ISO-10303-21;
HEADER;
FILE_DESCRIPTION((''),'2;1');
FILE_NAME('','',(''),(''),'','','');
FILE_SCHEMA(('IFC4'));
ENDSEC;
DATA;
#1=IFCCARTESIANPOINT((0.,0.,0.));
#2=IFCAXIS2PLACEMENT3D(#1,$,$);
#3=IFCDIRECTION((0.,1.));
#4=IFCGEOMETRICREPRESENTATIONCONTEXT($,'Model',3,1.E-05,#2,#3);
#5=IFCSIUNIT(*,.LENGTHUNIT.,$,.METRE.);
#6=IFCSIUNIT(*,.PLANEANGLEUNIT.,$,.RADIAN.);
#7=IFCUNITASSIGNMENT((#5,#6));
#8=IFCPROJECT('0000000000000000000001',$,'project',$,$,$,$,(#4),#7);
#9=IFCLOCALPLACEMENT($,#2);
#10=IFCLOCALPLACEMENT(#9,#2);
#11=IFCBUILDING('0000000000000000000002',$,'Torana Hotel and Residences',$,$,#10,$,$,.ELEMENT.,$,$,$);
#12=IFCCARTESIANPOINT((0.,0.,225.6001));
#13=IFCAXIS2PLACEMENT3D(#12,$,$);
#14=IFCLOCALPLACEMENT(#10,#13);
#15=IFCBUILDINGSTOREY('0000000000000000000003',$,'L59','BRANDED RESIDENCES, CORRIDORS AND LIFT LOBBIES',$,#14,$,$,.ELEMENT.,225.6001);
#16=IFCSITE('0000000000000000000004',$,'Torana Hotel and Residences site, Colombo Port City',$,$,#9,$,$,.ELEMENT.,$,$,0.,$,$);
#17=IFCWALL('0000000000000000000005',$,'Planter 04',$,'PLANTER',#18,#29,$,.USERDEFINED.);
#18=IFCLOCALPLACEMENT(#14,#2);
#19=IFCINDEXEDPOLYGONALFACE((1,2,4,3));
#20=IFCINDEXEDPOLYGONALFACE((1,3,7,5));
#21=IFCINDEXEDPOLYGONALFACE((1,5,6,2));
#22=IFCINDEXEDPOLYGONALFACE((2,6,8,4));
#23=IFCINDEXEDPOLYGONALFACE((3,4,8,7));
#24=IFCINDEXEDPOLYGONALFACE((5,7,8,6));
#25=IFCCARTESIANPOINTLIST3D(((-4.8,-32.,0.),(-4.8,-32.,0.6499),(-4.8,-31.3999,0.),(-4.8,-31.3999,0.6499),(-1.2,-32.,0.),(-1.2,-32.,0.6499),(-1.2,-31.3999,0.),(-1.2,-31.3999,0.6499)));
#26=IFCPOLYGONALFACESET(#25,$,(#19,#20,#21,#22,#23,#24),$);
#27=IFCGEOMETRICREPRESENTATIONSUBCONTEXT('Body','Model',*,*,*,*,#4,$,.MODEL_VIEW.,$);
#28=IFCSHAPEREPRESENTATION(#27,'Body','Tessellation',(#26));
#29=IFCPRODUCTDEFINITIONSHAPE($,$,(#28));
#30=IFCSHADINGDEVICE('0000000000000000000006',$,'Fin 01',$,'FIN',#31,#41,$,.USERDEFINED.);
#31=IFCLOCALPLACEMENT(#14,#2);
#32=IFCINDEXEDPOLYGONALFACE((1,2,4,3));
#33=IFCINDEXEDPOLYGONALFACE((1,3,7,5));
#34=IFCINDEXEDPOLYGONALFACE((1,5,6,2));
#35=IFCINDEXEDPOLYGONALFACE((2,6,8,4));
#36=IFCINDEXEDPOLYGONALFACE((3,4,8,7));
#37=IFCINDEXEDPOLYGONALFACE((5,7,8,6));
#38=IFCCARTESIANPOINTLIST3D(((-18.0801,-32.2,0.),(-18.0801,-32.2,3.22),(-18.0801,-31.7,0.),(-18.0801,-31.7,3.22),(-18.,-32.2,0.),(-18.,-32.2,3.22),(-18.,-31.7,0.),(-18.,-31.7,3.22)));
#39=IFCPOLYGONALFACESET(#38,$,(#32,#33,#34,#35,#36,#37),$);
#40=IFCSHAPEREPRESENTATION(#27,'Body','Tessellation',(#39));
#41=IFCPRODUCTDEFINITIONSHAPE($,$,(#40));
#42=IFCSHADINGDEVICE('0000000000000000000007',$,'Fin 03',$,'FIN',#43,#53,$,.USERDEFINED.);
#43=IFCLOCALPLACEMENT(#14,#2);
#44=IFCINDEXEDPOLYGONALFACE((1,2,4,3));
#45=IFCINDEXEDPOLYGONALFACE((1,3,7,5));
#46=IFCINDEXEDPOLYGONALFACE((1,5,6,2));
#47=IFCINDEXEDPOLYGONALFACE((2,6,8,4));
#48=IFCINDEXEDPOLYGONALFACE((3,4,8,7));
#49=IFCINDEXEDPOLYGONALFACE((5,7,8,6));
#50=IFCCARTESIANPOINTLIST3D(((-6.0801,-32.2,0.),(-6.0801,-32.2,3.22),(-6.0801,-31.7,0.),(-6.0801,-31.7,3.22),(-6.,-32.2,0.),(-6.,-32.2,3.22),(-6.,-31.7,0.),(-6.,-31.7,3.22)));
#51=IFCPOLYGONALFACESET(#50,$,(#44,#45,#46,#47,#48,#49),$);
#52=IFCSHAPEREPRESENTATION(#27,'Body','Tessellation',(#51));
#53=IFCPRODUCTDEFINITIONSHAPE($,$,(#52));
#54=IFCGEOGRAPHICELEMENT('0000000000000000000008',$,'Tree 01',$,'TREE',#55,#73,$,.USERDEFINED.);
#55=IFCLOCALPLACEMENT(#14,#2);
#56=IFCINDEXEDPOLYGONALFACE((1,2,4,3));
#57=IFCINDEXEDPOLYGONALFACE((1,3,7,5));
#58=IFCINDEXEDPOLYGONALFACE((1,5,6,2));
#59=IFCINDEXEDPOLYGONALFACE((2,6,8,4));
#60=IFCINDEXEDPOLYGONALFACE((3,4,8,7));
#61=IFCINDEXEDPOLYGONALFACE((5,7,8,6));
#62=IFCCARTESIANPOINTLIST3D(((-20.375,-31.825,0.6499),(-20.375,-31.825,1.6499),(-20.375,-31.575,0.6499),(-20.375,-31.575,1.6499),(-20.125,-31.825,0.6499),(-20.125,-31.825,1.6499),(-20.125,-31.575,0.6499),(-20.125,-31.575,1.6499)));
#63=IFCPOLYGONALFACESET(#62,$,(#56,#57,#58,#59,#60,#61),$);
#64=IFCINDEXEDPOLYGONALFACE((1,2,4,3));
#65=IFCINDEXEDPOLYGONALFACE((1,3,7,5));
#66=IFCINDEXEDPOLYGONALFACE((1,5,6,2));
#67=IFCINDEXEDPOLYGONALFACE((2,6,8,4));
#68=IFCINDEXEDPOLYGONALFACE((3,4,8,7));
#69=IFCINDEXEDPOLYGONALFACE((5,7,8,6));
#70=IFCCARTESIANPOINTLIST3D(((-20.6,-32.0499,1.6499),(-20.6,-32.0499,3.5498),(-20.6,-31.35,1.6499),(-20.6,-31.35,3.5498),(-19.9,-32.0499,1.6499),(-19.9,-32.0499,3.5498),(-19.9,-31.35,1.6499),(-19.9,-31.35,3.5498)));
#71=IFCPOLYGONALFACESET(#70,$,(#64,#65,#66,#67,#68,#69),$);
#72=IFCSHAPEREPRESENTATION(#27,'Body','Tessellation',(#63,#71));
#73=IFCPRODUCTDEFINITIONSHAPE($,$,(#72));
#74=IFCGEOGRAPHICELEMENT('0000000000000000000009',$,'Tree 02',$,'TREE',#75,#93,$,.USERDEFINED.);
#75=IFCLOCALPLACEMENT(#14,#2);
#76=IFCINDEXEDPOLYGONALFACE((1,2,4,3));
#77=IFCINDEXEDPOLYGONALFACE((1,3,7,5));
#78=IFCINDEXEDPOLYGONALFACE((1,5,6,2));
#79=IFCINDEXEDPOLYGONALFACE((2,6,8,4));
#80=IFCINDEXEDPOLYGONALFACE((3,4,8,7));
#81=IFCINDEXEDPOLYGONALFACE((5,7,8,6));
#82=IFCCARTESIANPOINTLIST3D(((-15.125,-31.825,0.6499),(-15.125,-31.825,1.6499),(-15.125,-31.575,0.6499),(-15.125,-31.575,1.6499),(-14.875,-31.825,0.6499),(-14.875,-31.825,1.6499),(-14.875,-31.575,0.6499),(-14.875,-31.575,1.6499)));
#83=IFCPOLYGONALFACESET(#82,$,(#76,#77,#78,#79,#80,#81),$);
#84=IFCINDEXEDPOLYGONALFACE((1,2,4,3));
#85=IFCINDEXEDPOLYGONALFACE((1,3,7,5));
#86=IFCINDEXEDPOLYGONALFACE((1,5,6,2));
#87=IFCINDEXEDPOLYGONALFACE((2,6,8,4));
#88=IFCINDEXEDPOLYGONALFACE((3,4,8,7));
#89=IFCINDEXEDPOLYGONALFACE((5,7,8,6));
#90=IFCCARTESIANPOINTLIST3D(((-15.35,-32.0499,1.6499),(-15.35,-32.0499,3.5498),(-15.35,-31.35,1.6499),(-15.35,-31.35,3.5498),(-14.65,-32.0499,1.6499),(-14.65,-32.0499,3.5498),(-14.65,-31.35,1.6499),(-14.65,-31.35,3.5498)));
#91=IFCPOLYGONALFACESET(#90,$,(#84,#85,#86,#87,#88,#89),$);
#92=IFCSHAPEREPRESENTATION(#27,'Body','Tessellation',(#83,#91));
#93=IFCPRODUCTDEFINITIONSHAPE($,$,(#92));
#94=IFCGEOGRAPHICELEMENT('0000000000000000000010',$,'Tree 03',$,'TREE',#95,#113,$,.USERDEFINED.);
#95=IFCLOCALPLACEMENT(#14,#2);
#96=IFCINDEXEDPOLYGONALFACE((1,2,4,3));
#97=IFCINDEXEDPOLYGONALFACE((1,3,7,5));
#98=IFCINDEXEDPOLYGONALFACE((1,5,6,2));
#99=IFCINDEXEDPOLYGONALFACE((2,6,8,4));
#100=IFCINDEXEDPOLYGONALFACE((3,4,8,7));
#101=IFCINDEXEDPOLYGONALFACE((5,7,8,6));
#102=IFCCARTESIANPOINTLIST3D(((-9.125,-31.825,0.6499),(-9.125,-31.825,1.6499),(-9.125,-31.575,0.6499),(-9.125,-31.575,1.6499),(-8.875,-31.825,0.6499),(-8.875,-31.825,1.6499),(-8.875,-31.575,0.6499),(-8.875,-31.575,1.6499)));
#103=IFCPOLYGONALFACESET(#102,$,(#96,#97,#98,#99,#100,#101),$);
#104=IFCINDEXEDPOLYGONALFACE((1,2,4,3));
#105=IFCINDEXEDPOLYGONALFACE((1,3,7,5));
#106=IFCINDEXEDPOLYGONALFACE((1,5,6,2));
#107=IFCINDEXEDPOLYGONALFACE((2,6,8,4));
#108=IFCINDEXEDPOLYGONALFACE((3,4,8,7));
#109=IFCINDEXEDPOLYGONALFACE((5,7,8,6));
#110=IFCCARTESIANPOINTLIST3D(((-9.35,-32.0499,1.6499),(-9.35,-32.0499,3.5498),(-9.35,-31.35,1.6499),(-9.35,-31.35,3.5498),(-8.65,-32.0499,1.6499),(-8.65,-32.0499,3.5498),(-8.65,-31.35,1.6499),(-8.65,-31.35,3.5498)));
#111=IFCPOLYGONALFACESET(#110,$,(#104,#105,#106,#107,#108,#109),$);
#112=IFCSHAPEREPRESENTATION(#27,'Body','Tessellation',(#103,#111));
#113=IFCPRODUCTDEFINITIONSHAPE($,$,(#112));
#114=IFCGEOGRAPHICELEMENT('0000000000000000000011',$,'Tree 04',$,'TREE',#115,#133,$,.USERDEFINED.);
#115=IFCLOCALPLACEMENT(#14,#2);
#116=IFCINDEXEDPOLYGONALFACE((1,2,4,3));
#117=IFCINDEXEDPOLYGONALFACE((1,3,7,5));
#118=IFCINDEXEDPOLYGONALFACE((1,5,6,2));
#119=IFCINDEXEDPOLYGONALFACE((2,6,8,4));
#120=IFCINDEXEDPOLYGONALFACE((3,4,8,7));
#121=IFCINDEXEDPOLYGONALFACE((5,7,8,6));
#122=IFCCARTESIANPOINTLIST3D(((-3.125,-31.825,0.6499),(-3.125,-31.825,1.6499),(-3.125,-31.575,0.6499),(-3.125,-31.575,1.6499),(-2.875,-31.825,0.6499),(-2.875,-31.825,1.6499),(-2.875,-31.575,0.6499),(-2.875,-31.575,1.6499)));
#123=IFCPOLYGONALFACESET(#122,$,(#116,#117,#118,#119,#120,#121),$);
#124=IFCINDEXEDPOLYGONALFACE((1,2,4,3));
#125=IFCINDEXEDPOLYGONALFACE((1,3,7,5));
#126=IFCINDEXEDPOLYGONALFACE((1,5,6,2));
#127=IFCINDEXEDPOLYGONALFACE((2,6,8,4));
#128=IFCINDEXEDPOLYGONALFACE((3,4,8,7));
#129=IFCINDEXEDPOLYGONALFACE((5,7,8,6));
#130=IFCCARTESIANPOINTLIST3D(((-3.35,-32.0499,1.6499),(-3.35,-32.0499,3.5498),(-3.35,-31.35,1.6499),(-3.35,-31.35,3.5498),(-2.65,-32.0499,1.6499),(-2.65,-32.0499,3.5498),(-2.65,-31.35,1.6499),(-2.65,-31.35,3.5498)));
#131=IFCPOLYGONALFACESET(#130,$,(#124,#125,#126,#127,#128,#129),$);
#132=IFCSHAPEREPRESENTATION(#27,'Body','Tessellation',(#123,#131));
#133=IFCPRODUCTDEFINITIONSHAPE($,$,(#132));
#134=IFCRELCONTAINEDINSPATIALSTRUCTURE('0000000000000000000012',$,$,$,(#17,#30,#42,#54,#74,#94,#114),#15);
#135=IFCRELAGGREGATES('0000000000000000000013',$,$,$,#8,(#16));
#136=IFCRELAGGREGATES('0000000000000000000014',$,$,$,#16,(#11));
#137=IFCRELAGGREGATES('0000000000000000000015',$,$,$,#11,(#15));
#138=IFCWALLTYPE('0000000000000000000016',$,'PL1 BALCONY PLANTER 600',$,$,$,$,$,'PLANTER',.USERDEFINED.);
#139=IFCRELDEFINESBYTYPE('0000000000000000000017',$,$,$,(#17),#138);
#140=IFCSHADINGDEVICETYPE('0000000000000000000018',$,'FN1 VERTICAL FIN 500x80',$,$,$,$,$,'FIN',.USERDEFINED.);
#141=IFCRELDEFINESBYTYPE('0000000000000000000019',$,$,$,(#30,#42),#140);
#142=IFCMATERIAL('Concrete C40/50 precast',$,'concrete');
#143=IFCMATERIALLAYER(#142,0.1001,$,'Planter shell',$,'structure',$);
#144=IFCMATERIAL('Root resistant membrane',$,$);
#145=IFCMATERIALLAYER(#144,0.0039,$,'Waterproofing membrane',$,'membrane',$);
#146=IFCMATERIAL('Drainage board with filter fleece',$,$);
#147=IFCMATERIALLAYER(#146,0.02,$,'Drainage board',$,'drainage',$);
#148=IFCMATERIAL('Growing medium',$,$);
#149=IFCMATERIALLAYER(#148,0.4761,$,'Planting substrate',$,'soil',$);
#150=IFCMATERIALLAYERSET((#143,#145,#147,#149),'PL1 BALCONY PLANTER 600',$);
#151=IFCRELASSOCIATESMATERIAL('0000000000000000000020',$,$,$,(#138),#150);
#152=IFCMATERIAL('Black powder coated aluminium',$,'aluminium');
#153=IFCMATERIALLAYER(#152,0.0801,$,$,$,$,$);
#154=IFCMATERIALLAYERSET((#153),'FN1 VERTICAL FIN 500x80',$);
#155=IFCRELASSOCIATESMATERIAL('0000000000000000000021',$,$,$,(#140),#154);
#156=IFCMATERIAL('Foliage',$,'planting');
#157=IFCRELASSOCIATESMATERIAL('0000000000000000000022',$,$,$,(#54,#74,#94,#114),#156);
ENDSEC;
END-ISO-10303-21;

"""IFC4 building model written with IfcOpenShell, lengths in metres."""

from ifc_helpers import new_model, si_unit, direction, frame, frame_2d, origin, origin_2d, place, context, subcontext, project, spatial, rectangle, extrude, material, layer, layer_set, type_object, element, save


model = new_model("IFC4")

# Units and contexts
model_context = context("Model", 3, precision=1e-05, world=origin(), true_north=direction((0.0, 1.0)))
body_context = subcontext(model_context, "Body", "Model", "MODEL_VIEW")
ifc_project = project(units=[si_unit("LENGTHUNIT", "METRE"), si_unit("PLANEANGLEUNIT", "RADIAN")], contexts=[model_context])

# Site, building, storey
site_placement = place(None, origin())
site = spatial("IfcSite", under=ifc_project, at=site_placement, Name="Torana Hotel and Residences site, Colombo Port City", CompositionType="ELEMENT", RefElevation=0.0)
building_placement = place(site_placement, origin())
building = spatial("IfcBuilding", under=site, at=building_placement, Name="Torana Hotel and Residences", CompositionType="ELEMENT")
storey_placement = place(building_placement, frame((0.0, 0.0, 225.6001)))
storey = spatial("IfcBuildingStorey", under=building, at=storey_placement, Name="L59", Description="BRANDED RESIDENCES, CORRIDORS AND LIFT LOBBIES", CompositionType="ELEMENT", Elevation=225.6001)

# Wall
ifc_material_1 = material(Name="Concrete C40/50 precast", Category="concrete")
ifc_layer_1 = layer(ifc_material_1, 0.1001, Name="Planter shell", Category="structure")
ifc_material_2 = material(Name="Root resistant membrane")
ifc_layer_2 = layer(ifc_material_2, 0.0039, Name="Waterproofing membrane", Category="membrane")
ifc_material_3 = material(Name="Drainage board with filter fleece")
ifc_layer_3 = layer(ifc_material_3, 0.02, Name="Drainage board", Category="drainage")
ifc_material_4 = material(Name="Growing medium")
ifc_layer_4 = layer(ifc_material_4, 0.4761, Name="Planting substrate", Category="soil")
ifc_layer_set_1 = layer_set([ifc_layer_1, ifc_layer_2, ifc_layer_3, ifc_layer_4], Name="PL1 BALCONY PLANTER 600")
wall_type_1 = type_object("IfcWallType", Name="PL1 BALCONY PLANTER 600", ElementType="PLANTER", PredefinedType="USERDEFINED", material=ifc_layer_set_1)
for number, where, z_axis, x_axis, name in (
    (1, (-1.2, -31.7, 0.0), (0.0, 0.0, 1.0), (-1.0, 0.0, 0.0), "Planter 04"),
):
    element("IfcWall", number, at=place(storey_placement, frame(where, z_axis=z_axis, x_axis=x_axis)), inside=storey, type_object=wall_type_1, Name=name, ObjectType="PLANTER", PredefinedType="USERDEFINED", context=body_context, shape_type="SweptSolid", body=[
        extrude(rectangle(XDim=3.6001, YDim=0.6001, at=frame_2d((1.8, 0.0))), origin(), (0.0, 0.0, 1.0), 0.6499),
    ])

# Shading devices
ifc_material_5 = material(Name="Black powder coated aluminium", Category="aluminium")
ifc_layer_5 = layer(ifc_material_5, 0.0801)
ifc_layer_set_2 = layer_set([ifc_layer_5], Name="FN1 VERTICAL FIN 500x80")
shading_device_type = type_object("IfcShadingDeviceType", Name="FN1 VERTICAL FIN 500x80", ElementType="FIN", PredefinedType="USERDEFINED", material=ifc_layer_set_2)
for number, where, z_axis, x_axis, name in (
    (2, (-18.04, -31.95, 0.0), (0.0, 0.0, 1.0), (-1.0, 0.0, 0.0), "Fin 01"),
    (3, (-6.04, -31.95, 0.0), (0.0, 0.0, 1.0), (-1.0, 0.0, 0.0), "Fin 03"),
):
    element("IfcShadingDevice", number, at=place(storey_placement, frame(where, z_axis=z_axis, x_axis=x_axis)), inside=storey, type_object=shading_device_type, Name=name, ObjectType="FIN", PredefinedType="USERDEFINED", context=body_context, shape_type="SweptSolid", body=[
        extrude(rectangle(XDim=0.0801, YDim=0.5, at=origin_2d()), origin(), (0.0, 0.0, 1.0), 3.22),
    ])

# Geographic elements
ifc_material_6 = material(Name="Foliage", Category="planting")
for number, where, z_axis, x_axis, name in (
    (4, (-20.25, -31.7, 0.6499), (0.0, 0.0, 1.0), (1.0, 0.0, 0.0), "Tree 01"),
    (5, (-15.0, -31.7, 0.6499), (0.0, 0.0, 1.0), (1.0, 0.0, 0.0), "Tree 02"),
    (6, (-9.0, -31.7, 0.6499), (0.0, 0.0, 1.0), (1.0, 0.0, 0.0), "Tree 03"),
    (7, (-3.0, -31.7, 0.6499), (0.0, 0.0, 1.0), (1.0, 0.0, 0.0), "Tree 04"),
):
    element("IfcGeographicElement", number, at=place(storey_placement, frame(where, z_axis=z_axis, x_axis=x_axis)), inside=storey, material=ifc_material_6, Name=name, ObjectType="TREE", PredefinedType="USERDEFINED", context=body_context, shape_type="SweptSolid", body=[
        extrude(rectangle(XDim=0.25, YDim=0.25, at=origin_2d()), origin(), (0.0, 0.0, 1.0), 1.0),
        extrude(rectangle(XDim=0.7, YDim=0.7, at=origin_2d()), frame((0.0, 0.0, 1.0)), (0.0, 0.0, 1.0), 1.8999),
    ])

save(model, "model.ifc")
